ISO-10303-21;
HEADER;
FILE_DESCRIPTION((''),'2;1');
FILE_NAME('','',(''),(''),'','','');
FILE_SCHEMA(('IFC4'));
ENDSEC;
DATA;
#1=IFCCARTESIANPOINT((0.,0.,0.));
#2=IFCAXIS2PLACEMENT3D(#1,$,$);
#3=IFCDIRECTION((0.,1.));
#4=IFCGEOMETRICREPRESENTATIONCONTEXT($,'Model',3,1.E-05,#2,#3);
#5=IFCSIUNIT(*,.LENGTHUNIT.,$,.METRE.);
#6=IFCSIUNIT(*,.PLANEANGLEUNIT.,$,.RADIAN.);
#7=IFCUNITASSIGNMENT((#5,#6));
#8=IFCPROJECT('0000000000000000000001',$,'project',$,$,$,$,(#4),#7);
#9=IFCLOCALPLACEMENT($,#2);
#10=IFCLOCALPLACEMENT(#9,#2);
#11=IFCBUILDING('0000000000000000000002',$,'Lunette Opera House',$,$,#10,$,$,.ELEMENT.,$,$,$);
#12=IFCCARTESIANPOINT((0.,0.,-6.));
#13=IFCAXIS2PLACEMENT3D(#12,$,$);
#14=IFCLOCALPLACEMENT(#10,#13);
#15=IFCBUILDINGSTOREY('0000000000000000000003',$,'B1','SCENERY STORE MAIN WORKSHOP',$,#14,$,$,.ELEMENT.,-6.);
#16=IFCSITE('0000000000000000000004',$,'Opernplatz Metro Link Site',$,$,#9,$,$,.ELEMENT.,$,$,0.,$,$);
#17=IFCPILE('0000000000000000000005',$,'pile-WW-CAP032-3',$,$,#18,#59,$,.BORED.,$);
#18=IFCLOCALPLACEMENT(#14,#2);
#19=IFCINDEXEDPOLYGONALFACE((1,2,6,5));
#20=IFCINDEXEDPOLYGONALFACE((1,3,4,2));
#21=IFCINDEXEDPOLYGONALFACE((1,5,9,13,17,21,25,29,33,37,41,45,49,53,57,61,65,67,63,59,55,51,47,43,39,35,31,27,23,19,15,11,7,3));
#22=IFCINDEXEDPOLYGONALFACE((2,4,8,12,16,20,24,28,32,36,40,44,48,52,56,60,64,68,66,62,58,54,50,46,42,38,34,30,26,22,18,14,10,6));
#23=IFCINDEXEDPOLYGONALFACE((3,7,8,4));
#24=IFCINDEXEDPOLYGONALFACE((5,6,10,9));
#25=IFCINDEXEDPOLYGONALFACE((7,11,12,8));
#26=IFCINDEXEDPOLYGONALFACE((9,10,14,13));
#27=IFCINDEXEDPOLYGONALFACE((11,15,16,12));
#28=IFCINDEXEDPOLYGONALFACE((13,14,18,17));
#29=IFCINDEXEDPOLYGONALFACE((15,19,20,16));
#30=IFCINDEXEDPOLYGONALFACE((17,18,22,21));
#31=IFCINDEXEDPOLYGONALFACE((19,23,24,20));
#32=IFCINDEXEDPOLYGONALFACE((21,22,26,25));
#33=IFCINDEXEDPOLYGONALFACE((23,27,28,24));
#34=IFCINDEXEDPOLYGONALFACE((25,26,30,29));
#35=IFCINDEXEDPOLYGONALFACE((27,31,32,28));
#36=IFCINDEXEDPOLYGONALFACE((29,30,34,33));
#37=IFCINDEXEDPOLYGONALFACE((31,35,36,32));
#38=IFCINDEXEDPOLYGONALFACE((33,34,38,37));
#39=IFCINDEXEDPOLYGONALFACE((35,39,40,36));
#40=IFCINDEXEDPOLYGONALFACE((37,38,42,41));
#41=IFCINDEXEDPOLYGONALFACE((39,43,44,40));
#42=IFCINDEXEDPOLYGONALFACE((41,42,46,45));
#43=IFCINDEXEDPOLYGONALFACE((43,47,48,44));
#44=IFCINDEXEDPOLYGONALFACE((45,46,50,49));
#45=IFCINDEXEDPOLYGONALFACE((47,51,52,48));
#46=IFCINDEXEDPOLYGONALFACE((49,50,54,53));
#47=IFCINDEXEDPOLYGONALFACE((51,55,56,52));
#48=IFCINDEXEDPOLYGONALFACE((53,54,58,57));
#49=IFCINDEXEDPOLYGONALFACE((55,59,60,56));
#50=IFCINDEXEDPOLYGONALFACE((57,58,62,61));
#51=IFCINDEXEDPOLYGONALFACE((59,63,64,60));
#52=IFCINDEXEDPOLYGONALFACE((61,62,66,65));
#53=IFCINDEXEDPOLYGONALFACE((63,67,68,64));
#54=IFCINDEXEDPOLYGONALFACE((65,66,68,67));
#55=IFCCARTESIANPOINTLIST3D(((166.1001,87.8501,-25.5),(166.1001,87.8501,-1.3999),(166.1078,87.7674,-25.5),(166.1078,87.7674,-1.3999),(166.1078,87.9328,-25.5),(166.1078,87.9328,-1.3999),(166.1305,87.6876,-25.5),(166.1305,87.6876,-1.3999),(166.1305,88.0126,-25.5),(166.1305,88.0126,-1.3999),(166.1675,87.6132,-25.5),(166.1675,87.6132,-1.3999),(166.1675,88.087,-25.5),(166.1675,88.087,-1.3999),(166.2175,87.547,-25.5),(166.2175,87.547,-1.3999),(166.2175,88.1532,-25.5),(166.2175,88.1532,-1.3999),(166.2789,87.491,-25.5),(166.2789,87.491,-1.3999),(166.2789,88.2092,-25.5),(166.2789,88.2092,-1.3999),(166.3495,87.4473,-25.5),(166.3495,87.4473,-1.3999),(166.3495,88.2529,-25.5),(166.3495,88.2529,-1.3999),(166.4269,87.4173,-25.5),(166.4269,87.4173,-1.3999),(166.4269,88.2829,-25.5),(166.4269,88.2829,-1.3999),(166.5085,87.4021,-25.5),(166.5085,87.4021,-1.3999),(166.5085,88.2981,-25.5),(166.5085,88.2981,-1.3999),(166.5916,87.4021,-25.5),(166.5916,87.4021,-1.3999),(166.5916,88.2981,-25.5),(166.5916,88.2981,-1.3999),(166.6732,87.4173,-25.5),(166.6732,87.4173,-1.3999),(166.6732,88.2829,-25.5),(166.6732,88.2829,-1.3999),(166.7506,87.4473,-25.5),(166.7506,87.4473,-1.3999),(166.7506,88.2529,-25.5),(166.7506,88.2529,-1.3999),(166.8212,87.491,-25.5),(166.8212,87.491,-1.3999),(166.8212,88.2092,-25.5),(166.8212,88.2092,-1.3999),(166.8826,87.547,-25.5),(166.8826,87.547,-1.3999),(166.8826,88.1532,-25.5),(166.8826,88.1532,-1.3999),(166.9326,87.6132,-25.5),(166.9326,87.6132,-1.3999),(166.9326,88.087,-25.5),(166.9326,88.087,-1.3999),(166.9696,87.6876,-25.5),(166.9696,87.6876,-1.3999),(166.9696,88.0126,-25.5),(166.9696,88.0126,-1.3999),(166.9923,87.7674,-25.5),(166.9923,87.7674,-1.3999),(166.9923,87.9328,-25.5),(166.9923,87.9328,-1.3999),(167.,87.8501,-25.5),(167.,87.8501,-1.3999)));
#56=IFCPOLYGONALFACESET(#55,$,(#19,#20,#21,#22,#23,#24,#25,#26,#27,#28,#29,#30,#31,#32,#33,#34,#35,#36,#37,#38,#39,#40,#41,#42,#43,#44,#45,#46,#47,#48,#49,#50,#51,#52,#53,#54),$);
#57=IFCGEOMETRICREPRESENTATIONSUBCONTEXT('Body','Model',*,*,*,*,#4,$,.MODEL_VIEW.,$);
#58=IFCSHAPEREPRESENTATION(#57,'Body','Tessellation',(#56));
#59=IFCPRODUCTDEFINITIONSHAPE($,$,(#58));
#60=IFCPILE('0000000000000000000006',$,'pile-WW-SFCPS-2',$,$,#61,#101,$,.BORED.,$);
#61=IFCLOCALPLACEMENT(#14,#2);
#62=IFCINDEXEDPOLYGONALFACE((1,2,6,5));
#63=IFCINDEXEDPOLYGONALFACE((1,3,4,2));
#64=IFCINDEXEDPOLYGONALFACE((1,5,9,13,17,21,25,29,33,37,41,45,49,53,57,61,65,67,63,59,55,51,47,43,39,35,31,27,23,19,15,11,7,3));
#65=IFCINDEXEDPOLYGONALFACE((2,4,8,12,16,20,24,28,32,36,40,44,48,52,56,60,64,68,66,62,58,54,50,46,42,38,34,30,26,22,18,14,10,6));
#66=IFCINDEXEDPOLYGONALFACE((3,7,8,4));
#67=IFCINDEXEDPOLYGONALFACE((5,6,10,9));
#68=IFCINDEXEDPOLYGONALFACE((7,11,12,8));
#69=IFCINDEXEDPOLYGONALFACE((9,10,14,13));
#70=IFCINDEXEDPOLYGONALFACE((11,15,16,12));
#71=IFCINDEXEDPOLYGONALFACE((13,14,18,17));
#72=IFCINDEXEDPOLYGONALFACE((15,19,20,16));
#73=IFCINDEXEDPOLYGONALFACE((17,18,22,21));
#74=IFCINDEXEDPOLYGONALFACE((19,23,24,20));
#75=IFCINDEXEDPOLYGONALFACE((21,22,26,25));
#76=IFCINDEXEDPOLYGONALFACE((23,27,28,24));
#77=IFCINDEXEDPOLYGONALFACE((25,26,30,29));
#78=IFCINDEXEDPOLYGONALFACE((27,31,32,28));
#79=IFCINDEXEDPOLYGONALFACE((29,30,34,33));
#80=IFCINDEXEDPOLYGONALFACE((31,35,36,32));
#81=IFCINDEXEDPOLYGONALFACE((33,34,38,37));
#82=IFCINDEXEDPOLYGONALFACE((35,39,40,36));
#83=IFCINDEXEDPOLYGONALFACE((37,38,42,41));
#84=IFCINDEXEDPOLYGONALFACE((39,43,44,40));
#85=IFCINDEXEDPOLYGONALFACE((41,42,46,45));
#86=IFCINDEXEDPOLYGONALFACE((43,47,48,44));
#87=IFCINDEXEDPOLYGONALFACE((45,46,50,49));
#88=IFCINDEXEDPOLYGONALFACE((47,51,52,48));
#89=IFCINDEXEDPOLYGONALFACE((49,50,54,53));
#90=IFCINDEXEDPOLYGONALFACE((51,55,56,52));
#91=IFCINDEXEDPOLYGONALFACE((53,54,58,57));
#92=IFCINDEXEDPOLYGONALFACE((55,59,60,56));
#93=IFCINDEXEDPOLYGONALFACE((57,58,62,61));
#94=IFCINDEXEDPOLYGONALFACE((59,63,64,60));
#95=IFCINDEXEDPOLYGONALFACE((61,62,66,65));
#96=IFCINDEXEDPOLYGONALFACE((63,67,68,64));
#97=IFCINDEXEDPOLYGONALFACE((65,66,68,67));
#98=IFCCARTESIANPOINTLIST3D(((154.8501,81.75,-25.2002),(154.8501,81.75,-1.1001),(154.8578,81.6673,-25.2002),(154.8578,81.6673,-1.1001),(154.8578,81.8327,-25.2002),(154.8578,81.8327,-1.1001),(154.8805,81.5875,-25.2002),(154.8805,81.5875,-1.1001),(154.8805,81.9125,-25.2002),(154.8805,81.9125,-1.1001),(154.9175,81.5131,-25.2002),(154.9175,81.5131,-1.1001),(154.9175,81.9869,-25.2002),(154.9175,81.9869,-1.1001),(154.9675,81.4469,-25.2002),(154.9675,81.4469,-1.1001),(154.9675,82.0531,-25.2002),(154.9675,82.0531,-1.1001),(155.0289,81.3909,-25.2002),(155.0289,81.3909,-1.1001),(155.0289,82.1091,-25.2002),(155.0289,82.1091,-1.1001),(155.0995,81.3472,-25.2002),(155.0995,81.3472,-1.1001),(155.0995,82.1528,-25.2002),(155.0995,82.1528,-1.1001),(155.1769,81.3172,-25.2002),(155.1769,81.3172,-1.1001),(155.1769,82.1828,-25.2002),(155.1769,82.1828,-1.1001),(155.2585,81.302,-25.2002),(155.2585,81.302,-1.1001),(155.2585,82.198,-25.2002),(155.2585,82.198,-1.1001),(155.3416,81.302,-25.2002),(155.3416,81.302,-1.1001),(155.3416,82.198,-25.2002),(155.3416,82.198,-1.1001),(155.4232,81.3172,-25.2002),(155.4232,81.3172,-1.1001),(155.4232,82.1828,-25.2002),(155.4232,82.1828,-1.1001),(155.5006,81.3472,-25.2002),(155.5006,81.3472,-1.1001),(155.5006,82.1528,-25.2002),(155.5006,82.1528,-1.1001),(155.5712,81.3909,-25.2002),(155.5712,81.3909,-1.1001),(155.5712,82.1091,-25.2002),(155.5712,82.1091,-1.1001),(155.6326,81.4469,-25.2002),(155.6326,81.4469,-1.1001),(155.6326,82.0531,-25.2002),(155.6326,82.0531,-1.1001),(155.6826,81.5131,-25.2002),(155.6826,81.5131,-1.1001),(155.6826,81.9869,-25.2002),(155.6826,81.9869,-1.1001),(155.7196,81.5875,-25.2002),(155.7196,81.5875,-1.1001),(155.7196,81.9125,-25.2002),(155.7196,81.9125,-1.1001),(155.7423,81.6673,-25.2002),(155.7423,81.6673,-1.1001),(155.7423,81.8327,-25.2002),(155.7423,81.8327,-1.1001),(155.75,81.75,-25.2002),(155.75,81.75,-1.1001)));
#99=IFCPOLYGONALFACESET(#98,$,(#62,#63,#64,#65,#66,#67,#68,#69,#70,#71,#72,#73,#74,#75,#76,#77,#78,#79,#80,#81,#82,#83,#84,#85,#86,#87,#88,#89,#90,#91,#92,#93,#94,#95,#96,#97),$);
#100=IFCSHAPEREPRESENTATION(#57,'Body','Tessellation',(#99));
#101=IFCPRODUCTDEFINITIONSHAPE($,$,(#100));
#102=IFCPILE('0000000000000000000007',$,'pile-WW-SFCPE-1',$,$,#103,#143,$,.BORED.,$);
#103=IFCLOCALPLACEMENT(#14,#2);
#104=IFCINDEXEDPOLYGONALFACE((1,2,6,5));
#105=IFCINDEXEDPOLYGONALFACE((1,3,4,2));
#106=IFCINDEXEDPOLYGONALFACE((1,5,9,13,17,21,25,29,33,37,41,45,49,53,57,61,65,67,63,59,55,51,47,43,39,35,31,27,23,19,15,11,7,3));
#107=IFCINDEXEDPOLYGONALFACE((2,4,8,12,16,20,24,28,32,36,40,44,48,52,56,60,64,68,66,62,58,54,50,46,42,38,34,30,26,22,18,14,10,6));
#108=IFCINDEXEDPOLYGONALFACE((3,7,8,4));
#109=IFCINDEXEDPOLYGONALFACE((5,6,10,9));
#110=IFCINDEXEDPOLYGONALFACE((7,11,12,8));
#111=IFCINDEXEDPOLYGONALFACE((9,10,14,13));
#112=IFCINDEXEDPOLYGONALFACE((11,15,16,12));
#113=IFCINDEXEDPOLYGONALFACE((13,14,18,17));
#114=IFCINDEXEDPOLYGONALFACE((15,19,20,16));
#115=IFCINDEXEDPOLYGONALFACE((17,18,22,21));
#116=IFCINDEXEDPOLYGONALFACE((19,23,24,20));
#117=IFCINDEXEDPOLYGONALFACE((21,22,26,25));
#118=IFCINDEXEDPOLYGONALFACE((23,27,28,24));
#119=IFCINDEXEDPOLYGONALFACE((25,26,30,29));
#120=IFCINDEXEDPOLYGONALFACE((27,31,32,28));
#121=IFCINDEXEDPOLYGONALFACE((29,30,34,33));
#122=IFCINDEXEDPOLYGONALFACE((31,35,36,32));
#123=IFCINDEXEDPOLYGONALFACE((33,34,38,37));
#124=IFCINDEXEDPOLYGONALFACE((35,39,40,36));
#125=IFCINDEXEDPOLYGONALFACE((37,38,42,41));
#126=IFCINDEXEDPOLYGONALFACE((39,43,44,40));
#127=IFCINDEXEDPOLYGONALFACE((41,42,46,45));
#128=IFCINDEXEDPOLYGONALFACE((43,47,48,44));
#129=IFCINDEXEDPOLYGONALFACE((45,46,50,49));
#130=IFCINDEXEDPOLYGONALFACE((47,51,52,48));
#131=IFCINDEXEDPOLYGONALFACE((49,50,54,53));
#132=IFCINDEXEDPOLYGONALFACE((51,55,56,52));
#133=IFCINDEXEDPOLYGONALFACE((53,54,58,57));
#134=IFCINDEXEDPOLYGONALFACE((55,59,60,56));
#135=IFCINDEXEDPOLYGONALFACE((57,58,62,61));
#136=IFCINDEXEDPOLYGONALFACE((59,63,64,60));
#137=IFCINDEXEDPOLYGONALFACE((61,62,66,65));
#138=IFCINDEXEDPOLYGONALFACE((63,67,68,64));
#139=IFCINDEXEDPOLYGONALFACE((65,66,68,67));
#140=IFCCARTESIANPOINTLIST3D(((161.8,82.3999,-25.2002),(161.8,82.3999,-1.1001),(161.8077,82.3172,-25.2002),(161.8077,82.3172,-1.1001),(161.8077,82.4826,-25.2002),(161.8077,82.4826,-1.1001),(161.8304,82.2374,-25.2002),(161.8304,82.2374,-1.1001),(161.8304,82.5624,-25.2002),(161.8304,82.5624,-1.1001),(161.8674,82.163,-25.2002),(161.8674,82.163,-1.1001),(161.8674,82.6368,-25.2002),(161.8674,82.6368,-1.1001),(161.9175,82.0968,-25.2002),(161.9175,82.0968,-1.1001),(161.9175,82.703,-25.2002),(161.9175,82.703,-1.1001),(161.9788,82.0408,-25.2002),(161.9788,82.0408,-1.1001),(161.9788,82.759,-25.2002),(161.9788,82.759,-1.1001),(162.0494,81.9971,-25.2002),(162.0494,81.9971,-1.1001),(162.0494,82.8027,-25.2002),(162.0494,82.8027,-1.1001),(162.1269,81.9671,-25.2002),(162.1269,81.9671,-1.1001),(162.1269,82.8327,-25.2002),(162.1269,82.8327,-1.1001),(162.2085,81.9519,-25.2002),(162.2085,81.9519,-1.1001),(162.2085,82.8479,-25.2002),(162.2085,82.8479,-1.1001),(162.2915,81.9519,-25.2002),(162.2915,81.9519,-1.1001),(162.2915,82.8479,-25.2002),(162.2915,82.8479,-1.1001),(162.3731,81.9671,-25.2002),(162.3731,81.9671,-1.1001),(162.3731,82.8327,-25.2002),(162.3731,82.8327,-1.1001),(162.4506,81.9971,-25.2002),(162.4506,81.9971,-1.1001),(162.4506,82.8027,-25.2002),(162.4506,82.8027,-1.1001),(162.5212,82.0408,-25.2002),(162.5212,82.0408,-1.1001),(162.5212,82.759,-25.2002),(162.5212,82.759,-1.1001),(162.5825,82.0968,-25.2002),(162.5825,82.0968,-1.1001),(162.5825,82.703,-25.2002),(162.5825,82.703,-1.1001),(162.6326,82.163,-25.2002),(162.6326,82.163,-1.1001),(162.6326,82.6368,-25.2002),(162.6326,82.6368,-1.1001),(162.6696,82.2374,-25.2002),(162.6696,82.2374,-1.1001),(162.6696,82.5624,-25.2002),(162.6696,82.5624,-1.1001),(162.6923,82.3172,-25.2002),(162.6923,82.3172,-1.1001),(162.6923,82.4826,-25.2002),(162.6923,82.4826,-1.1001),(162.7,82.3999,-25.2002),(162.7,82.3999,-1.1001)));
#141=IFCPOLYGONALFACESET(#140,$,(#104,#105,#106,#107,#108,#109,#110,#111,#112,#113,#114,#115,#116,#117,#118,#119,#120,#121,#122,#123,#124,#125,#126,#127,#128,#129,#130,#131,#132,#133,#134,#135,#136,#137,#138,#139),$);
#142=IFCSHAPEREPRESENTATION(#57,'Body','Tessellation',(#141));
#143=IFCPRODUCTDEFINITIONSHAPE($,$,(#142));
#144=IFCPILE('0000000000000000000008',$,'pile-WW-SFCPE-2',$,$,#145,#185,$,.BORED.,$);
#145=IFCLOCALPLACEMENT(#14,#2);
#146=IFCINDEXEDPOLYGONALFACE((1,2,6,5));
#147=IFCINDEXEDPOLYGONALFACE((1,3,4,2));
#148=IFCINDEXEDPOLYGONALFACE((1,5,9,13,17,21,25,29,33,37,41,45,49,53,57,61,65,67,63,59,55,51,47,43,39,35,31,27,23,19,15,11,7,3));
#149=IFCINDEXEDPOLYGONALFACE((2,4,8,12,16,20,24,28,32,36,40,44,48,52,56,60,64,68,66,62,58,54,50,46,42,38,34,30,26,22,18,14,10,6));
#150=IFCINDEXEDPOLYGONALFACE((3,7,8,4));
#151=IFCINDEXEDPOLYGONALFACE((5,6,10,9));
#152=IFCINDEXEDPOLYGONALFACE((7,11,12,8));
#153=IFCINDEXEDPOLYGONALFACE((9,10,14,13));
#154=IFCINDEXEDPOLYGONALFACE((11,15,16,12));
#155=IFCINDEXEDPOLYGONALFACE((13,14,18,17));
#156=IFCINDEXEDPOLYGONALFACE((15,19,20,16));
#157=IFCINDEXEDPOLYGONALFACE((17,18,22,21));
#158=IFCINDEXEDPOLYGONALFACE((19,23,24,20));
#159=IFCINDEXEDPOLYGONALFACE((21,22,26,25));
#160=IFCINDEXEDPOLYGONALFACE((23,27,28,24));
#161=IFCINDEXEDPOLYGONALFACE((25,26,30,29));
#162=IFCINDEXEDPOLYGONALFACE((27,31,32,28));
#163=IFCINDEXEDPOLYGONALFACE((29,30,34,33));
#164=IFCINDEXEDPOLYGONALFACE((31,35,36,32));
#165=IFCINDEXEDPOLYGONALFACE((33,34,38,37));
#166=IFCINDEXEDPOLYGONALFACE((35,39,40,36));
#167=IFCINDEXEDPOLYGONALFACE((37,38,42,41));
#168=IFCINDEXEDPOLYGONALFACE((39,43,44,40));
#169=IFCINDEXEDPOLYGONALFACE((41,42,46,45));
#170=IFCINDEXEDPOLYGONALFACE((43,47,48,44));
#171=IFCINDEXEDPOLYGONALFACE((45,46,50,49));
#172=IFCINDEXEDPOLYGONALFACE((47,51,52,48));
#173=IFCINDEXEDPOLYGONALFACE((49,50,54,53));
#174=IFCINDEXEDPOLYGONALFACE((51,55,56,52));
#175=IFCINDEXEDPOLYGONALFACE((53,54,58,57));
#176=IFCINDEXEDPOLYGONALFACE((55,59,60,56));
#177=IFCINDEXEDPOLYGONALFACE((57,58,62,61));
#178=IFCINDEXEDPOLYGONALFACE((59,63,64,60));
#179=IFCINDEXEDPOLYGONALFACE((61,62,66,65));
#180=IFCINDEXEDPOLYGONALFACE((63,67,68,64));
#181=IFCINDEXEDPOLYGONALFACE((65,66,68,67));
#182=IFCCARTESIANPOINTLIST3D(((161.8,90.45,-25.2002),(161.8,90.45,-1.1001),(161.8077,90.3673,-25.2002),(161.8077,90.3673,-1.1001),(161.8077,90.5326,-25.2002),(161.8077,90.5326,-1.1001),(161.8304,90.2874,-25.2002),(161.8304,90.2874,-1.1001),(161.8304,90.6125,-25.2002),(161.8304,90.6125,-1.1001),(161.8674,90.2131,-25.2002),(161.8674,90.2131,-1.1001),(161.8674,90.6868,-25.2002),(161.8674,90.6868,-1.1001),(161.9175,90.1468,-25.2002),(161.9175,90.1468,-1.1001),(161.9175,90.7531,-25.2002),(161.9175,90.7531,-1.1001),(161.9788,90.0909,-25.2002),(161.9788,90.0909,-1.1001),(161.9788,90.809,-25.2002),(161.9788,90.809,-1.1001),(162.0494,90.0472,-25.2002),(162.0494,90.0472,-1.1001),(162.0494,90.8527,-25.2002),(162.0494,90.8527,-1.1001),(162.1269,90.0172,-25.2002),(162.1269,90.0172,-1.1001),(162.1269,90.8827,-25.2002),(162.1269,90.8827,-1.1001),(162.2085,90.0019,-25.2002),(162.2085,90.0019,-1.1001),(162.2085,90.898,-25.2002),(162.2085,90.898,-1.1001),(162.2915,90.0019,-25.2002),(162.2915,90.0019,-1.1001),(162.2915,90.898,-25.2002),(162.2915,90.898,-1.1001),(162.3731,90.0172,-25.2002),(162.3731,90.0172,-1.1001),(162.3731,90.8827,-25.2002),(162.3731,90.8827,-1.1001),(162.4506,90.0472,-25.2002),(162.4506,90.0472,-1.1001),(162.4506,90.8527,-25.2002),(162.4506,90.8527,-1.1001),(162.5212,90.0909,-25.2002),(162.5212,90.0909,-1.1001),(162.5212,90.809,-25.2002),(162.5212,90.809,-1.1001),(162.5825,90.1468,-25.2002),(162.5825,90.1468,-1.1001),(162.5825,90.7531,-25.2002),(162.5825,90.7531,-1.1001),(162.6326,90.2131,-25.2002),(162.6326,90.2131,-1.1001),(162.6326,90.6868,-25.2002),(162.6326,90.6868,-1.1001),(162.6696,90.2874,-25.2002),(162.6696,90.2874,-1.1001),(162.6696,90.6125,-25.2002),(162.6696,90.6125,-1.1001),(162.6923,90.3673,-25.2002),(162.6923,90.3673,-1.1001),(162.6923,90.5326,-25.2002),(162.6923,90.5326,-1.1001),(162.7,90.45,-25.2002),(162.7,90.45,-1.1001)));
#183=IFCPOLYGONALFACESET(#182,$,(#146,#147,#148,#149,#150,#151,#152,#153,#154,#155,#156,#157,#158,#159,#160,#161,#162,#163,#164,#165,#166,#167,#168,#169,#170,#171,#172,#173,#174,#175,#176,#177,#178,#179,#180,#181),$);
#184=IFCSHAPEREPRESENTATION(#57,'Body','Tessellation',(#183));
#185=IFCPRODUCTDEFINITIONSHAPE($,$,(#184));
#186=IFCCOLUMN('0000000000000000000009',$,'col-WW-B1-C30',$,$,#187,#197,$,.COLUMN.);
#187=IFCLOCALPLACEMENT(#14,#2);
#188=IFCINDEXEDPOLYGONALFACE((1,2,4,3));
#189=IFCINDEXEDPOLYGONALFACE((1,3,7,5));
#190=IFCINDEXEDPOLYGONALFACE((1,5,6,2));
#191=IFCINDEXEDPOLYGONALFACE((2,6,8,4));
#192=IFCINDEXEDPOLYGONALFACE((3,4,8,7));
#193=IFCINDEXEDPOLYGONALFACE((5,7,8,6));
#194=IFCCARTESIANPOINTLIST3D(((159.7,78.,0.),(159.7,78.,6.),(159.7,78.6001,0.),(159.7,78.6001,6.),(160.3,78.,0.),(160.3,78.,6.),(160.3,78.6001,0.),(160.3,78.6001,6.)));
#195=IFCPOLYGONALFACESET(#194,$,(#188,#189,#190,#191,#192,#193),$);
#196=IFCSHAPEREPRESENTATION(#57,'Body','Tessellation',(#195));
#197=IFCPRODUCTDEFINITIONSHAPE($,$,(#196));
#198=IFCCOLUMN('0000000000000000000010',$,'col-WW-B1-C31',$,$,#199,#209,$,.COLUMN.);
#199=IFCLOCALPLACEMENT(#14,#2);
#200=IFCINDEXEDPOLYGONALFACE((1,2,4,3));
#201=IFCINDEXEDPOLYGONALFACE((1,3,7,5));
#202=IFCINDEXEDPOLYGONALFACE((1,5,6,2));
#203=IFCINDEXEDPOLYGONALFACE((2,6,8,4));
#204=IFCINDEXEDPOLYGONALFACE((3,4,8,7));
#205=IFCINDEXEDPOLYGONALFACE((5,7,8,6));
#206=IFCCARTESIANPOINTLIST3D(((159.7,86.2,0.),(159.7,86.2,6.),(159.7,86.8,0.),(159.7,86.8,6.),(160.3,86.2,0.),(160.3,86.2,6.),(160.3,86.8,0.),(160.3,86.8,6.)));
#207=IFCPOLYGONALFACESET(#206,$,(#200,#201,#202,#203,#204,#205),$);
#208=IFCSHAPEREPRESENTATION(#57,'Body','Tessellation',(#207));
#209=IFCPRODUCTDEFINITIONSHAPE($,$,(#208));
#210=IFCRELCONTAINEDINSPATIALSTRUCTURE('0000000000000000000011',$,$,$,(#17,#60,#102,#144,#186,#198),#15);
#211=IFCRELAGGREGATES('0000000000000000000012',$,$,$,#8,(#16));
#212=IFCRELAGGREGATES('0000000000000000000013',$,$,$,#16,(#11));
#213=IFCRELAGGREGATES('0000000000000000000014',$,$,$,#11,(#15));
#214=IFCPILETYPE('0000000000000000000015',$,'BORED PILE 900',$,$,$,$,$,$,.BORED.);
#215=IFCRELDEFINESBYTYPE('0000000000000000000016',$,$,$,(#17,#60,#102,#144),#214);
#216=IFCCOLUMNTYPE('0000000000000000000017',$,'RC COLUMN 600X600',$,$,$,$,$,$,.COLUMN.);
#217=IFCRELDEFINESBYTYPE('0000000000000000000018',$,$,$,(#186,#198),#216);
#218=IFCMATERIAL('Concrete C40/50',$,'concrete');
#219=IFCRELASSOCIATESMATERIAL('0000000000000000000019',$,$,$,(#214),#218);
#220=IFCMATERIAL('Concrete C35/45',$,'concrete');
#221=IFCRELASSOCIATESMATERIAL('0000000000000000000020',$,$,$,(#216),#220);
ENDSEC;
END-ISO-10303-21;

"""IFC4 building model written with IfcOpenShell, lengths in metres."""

from ifc_helpers import new_model, si_unit, direction, frame, origin, origin_2d, place, context, subcontext, project, spatial, rectangle, circle, extrude, material, material_profile, profile_set, type_object, element, save


model = new_model("IFC4")

# Units and contexts
model_context = context("Model", 3, precision=1e-05, world=origin(), true_north=direction((0.0, 1.0)))
body_context = subcontext(model_context, "Body", "Model", "MODEL_VIEW")
ifc_project = project(units=[si_unit("LENGTHUNIT", "METRE"), si_unit("PLANEANGLEUNIT", "RADIAN")], contexts=[model_context])

# Site, building, storey
site_placement = place(None, origin())
site = spatial("IfcSite", under=ifc_project, at=site_placement, Name="Opernplatz Metro Link Site", CompositionType="ELEMENT", RefElevation=0.0)
building_placement = place(site_placement, origin())
building = spatial("IfcBuilding", under=site, at=building_placement, Name="Lunette Opera House", CompositionType="ELEMENT")
storey_placement = place(building_placement, frame((0.0, 0.0, -6.0)))
storey = spatial("IfcBuildingStorey", under=building, at=storey_placement, Name="B1", Description="SCENERY STORE MAIN WORKSHOP", CompositionType="ELEMENT", Elevation=-6.0)

# Piles
ifc_material_1 = material(Name="Concrete C40/50", Category="concrete")
ifc_material_profile_1 = material_profile(ifc_material_1, circle(Radius=0.45, at=origin_2d()), Name="BORED PILE 900")
ifc_profile_set_1 = profile_set([ifc_material_profile_1], Name="Concrete C40/50")
pile_type = type_object("IfcPileType", Name="BORED PILE 900", PredefinedType="BORED", material=ifc_profile_set_1)
for number, where, z_axis, x_axis, name in (
    (1, (166.55, 87.8501, -1.3999), (0.0, 0.0, -1.0), (1.0, 0.0, 0.0), "pile-WW-CAP032-3"),
    (2, (155.3, 81.75, -1.1001), (0.0, 0.0, -1.0), (1.0, 0.0, 0.0), "pile-WW-SFCPS-2"),
    (3, (162.25, 82.3999, -1.1001), (0.0, 0.0, -1.0), (1.0, 0.0, 0.0), "pile-WW-SFCPE-1"),
    (4, (162.25, 90.45, -1.1001), (0.0, 0.0, -1.0), (1.0, 0.0, 0.0), "pile-WW-SFCPE-2"),
):
    element("IfcPile", number, at=place(storey_placement, frame(where, z_axis=z_axis, x_axis=x_axis)), inside=storey, type_object=pile_type, Name=name, PredefinedType="BORED", context=body_context, shape_type="SweptSolid", body=[
        extrude(circle(Radius=0.45, at=origin_2d()), origin(), (0.0, 0.0, 1.0), 24.1001),
    ])

# Columns
ifc_material_2 = material(Name="Concrete C35/45", Category="concrete")
ifc_material_profile_2 = material_profile(ifc_material_2, rectangle(XDim=0.6001, YDim=0.6001, at=origin_2d()), Name="RC COLUMN 600X600")
ifc_profile_set_2 = profile_set([ifc_material_profile_2], Name="Concrete C35/45")
column_type = type_object("IfcColumnType", Name="RC COLUMN 600X600", PredefinedType="COLUMN", material=ifc_profile_set_2)
for number, where, z_axis, x_axis, name in (
    (5, (160.0, 78.3, 0.0), (0.0, 0.0, 1.0), (1.0, 0.0, 0.0), "col-WW-B1-C30"),
    (6, (160.0, 86.5, 0.0), (0.0, 0.0, 1.0), (1.0, 0.0, 0.0), "col-WW-B1-C31"),
):
    element("IfcColumn", number, at=place(storey_placement, frame(where, z_axis=z_axis, x_axis=x_axis)), inside=storey, type_object=column_type, Name=name, PredefinedType="COLUMN", context=body_context, shape_type="SweptSolid", body=[
        extrude(rectangle(XDim=0.6001, YDim=0.6001, at=origin_2d()), origin(), (0.0, 0.0, 1.0), 6.0),
    ])

save(model, "model.ifc")
